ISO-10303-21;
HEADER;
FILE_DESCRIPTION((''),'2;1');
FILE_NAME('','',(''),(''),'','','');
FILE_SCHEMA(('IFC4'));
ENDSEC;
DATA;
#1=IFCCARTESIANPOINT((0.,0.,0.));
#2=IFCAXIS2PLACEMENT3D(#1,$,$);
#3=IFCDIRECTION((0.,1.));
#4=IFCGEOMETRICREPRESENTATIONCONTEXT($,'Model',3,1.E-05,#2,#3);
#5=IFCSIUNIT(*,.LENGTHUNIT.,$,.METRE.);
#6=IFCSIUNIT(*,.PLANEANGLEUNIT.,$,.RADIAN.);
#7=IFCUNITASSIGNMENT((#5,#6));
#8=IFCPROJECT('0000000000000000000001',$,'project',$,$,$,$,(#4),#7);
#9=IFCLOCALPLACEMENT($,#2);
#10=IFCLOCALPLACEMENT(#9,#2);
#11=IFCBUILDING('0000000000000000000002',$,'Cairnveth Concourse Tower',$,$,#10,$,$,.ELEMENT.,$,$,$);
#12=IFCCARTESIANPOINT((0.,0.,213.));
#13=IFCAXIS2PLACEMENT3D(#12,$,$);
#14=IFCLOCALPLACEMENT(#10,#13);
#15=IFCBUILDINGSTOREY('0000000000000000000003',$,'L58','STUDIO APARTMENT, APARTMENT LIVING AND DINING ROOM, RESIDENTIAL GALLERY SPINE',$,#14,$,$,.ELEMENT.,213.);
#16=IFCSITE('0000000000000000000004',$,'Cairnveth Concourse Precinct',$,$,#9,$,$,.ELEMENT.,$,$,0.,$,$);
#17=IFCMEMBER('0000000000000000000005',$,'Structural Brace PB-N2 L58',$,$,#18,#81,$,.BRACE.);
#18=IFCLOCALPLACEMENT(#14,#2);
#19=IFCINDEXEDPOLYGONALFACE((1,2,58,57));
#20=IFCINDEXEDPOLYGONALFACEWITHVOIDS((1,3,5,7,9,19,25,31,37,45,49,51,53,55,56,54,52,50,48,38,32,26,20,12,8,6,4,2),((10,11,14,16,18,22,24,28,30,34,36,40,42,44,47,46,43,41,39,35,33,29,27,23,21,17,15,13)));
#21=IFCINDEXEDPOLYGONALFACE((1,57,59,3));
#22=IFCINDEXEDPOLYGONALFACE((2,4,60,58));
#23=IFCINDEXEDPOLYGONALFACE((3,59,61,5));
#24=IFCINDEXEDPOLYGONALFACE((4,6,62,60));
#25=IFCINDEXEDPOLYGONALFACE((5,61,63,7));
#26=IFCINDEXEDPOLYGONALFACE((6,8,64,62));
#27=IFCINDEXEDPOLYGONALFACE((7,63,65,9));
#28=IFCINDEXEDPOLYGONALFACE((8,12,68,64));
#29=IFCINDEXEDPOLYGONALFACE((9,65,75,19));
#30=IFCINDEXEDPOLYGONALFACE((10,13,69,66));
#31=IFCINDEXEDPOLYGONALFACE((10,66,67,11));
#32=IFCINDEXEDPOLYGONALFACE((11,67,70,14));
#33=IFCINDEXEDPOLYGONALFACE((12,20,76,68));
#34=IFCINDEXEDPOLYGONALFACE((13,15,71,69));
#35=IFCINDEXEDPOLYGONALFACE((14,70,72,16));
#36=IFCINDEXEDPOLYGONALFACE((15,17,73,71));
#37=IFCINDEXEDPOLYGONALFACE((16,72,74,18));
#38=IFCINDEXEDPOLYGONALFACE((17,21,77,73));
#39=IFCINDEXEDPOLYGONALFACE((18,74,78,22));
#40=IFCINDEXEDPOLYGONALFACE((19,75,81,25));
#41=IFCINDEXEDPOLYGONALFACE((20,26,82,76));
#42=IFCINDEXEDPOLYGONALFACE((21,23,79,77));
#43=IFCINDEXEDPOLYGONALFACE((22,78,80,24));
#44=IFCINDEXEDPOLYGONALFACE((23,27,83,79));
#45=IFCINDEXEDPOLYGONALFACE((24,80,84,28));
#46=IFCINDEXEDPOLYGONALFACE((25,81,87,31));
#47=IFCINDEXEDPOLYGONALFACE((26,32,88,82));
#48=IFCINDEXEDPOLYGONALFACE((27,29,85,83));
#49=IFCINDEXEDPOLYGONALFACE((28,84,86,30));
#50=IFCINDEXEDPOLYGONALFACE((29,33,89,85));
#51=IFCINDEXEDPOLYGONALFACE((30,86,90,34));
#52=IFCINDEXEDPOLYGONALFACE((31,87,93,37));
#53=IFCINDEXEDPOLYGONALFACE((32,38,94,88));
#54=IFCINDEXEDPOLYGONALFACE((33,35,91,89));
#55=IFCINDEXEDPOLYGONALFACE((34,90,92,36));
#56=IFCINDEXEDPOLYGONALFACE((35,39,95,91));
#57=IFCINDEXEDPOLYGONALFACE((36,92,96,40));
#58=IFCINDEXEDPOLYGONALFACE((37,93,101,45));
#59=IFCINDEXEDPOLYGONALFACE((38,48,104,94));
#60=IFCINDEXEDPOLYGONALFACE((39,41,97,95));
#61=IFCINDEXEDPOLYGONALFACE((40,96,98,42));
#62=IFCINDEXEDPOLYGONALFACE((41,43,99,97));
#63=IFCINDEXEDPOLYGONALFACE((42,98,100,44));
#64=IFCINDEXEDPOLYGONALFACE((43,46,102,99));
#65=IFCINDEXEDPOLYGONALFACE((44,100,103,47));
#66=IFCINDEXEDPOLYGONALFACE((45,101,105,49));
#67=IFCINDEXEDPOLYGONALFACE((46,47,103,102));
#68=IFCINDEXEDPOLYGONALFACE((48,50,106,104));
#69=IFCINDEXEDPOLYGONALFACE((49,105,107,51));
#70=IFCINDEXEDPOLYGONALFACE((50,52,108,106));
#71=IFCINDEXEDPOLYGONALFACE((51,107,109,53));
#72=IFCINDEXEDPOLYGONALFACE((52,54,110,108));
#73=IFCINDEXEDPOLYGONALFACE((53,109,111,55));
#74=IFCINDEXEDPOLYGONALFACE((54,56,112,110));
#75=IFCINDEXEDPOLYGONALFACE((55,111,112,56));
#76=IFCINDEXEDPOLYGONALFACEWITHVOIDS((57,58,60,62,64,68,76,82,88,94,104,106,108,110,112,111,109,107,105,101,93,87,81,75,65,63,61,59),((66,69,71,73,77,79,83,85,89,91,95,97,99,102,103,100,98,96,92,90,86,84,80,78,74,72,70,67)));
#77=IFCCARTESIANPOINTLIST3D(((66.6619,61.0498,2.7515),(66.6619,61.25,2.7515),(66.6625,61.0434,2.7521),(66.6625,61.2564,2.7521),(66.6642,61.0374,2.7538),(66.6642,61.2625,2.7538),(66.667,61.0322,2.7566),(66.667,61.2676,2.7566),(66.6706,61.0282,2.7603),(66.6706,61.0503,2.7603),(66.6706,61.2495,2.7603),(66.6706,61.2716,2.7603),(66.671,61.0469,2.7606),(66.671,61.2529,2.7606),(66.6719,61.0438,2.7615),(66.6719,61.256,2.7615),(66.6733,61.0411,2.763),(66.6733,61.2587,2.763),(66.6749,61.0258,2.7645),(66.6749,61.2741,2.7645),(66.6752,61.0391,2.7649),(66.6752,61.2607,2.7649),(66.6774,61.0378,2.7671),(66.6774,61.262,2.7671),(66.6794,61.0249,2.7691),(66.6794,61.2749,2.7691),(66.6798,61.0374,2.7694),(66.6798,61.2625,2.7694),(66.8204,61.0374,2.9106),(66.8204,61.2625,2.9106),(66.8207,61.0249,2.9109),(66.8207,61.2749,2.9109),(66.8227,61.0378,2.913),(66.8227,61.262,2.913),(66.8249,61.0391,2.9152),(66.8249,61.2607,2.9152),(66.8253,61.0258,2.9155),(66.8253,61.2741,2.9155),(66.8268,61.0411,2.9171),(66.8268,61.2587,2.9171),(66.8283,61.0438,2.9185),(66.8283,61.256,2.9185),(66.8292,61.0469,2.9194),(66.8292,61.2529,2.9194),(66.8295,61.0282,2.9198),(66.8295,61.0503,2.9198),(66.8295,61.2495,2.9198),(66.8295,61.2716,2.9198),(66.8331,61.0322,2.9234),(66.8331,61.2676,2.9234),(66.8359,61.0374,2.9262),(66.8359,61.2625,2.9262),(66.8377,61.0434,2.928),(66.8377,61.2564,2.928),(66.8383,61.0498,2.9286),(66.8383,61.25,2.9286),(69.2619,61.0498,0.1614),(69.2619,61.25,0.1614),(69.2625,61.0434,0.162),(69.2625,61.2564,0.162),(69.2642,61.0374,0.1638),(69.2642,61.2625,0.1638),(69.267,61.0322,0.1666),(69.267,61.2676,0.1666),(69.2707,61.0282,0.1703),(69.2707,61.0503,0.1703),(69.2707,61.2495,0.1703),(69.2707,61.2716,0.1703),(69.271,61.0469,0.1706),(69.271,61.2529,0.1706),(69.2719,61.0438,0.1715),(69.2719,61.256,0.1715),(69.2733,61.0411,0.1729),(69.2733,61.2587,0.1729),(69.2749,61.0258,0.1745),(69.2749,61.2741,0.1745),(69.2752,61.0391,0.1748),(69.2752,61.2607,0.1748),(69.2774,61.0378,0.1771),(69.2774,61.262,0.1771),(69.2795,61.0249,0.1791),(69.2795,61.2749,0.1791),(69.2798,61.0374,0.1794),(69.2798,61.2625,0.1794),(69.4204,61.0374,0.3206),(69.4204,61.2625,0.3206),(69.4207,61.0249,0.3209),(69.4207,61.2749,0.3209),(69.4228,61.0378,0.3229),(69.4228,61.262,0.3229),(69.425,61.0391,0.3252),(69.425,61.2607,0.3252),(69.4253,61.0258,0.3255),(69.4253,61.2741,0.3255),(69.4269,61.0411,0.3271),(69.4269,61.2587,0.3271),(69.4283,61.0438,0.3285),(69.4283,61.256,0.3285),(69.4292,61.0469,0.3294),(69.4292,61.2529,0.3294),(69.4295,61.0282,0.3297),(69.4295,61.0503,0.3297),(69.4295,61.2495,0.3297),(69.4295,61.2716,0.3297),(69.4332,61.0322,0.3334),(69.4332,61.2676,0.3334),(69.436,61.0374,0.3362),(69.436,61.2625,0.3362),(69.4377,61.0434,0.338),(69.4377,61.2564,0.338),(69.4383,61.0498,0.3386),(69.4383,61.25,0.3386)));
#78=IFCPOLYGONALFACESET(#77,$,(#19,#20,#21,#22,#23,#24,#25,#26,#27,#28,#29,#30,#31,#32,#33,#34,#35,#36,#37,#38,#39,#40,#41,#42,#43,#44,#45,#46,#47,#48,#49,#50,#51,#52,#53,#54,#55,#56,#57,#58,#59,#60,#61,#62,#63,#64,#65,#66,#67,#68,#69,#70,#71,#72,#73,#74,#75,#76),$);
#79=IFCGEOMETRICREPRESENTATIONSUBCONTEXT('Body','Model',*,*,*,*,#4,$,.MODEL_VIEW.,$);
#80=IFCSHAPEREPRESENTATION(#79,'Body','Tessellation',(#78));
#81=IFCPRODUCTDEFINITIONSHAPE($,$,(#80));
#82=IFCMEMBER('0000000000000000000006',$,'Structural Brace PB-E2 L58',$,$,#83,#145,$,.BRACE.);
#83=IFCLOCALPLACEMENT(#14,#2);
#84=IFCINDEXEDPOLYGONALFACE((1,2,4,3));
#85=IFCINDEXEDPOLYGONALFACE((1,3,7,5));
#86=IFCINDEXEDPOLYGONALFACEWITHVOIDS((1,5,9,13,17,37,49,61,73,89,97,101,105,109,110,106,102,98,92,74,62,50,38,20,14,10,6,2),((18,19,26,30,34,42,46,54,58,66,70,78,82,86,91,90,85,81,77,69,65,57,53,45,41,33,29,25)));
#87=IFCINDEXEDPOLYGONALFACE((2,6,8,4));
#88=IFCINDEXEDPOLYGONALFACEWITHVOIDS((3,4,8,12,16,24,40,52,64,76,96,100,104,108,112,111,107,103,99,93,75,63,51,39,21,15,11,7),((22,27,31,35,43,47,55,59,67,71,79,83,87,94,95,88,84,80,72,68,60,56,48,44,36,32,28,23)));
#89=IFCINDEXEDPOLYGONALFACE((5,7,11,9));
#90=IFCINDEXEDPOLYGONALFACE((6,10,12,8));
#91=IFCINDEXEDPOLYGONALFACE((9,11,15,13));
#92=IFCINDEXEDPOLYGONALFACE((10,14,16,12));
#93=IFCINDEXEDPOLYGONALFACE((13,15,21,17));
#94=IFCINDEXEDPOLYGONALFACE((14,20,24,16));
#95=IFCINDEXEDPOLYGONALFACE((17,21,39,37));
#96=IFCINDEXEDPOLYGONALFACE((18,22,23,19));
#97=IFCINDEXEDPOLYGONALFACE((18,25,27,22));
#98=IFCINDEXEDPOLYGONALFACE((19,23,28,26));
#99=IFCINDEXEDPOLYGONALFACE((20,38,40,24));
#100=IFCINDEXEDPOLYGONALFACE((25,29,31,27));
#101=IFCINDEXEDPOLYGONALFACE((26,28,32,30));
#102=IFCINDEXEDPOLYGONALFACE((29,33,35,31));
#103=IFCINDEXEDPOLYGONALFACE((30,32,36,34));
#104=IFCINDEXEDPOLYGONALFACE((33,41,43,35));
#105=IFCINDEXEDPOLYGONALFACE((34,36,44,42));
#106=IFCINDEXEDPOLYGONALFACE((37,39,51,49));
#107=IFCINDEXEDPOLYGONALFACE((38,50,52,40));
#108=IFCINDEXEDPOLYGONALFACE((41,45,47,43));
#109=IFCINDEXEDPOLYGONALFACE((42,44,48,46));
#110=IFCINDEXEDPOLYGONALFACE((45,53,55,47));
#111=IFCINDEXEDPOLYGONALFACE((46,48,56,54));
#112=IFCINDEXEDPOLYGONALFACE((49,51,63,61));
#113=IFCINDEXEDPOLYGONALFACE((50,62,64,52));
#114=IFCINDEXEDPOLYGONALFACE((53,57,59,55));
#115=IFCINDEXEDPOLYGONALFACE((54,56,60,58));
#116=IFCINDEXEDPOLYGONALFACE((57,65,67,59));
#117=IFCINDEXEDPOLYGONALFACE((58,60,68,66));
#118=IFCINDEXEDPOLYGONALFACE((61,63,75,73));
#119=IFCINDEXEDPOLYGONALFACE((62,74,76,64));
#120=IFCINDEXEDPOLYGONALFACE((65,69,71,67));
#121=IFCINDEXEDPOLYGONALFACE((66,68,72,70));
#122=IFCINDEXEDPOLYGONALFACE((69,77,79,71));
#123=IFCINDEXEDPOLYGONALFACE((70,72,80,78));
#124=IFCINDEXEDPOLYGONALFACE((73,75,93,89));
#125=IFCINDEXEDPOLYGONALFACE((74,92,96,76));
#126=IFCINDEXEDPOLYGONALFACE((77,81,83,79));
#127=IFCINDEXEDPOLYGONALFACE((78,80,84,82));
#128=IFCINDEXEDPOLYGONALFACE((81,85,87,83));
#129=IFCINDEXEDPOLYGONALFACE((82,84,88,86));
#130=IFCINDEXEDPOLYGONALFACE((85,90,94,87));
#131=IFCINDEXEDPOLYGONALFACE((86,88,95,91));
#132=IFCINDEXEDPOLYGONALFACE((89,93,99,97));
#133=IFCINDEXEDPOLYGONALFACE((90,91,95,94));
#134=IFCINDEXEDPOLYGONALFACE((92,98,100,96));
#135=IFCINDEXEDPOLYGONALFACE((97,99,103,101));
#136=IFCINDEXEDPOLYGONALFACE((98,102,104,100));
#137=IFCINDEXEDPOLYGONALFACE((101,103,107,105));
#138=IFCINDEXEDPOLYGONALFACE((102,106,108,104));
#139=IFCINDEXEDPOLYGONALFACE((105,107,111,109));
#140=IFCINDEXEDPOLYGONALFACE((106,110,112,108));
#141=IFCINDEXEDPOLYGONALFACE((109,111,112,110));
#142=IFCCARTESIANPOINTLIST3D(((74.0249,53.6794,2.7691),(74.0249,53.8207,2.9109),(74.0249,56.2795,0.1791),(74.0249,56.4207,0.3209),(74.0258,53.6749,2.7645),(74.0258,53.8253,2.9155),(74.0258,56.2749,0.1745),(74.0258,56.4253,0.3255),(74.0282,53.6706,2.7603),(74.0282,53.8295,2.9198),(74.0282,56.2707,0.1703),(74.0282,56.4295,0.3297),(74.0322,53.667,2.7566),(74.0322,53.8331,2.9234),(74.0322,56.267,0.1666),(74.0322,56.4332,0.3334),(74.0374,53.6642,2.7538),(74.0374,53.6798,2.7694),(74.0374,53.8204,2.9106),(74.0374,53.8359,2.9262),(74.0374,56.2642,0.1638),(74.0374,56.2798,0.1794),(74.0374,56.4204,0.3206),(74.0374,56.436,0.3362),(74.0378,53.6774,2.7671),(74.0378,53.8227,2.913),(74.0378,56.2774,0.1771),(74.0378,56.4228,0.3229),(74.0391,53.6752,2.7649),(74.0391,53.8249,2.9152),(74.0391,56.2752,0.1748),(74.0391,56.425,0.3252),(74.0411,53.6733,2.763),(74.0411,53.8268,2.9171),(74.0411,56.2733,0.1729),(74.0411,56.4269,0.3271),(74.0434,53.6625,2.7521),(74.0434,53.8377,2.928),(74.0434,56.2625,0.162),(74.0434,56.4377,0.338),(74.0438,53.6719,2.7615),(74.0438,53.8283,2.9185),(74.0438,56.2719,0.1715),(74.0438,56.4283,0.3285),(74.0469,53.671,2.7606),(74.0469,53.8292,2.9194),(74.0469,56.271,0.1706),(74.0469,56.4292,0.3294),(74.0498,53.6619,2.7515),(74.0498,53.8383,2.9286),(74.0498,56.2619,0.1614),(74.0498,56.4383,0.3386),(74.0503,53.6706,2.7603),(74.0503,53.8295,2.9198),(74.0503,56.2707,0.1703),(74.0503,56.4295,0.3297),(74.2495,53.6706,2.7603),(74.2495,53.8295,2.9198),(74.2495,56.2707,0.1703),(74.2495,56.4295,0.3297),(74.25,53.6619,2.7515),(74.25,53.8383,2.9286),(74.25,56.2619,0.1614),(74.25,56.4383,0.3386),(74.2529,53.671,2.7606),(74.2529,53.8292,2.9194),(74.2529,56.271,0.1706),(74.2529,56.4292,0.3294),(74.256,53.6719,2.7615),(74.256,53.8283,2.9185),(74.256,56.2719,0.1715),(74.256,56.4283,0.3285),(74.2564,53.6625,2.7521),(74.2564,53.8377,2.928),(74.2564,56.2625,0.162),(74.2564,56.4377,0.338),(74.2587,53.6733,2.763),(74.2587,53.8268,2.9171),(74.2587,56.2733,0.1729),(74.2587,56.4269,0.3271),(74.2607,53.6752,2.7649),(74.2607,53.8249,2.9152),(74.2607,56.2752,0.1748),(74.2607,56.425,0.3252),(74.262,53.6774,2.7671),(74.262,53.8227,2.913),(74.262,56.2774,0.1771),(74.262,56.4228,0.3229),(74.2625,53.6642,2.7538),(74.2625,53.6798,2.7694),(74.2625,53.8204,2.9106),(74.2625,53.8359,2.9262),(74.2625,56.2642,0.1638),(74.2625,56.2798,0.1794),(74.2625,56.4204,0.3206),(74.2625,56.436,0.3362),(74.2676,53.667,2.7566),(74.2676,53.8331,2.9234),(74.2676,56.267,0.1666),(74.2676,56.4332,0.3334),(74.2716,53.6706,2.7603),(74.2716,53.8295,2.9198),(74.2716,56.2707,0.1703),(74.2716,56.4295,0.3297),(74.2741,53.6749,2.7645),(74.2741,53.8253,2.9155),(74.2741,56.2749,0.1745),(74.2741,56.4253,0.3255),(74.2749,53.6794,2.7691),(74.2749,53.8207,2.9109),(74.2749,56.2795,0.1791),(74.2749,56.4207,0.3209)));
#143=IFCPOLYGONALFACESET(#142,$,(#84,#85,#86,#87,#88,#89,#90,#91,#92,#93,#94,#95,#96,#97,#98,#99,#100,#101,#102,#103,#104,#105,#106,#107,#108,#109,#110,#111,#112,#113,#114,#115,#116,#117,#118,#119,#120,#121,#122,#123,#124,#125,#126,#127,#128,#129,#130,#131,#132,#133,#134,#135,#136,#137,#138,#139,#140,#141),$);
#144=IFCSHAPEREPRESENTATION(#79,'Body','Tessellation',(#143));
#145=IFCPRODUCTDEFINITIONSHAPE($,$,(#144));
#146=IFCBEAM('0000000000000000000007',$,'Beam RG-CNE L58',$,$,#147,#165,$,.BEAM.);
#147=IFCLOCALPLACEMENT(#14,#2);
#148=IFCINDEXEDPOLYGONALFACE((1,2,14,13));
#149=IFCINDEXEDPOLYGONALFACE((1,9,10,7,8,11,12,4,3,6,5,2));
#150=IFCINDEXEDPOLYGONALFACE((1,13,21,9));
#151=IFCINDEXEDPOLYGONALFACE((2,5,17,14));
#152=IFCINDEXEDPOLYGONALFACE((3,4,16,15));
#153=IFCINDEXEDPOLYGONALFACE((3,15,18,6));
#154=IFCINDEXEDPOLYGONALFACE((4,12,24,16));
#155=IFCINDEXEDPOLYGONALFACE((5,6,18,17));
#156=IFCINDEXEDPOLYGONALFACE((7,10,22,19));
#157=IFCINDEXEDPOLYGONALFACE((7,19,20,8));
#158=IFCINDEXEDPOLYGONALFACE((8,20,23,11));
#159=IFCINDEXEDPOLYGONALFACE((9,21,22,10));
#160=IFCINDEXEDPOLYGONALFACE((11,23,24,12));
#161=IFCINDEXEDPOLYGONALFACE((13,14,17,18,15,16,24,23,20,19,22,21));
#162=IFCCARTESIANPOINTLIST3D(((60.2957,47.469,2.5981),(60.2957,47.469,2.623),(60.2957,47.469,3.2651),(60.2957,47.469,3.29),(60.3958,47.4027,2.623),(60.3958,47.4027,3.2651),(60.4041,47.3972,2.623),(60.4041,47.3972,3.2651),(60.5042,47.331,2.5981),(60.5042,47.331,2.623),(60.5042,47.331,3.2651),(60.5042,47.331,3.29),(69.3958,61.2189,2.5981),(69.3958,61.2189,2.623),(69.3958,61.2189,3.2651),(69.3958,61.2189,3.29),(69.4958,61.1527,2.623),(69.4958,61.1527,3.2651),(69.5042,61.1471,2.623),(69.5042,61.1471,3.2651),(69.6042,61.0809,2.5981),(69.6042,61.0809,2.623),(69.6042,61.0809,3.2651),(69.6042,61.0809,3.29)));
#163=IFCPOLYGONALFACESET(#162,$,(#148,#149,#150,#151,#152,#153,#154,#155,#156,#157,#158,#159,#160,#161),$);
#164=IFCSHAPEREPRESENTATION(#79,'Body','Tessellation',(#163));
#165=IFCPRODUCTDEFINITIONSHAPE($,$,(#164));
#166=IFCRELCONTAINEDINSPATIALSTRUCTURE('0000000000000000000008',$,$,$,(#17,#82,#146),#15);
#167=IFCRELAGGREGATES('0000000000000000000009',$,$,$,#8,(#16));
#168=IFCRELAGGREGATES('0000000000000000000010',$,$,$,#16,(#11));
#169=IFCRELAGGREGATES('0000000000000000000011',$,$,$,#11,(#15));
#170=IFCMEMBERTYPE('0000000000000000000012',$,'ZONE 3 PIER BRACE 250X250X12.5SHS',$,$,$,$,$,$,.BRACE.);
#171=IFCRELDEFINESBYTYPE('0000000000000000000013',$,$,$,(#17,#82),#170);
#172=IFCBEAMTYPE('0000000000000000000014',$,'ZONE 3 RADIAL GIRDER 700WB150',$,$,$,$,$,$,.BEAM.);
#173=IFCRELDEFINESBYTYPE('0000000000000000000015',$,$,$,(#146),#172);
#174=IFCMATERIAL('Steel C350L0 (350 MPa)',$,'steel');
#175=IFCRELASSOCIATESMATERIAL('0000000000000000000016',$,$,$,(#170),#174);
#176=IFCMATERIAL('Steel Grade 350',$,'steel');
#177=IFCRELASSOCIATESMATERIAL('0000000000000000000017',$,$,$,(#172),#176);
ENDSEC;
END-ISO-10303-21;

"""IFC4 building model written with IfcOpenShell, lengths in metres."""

from ifc_helpers import new_model, si_unit, direction, frame, origin, origin_2d, place, context, subcontext, project, spatial, hollow_rectangle, i_section, extrude, material, material_profile, profile_set, type_object, element, save


model = new_model("IFC4")

# Units and contexts
model_context = context("Model", 3, precision=1e-05, world=origin(), true_north=direction((0.0, 1.0)))
body_context = subcontext(model_context, "Body", "Model", "MODEL_VIEW")
ifc_project = project(units=[si_unit("LENGTHUNIT", "METRE"), si_unit("PLANEANGLEUNIT", "RADIAN")], contexts=[model_context])

# Site, building, storey
site_placement = place(None, origin())
site = spatial("IfcSite", under=ifc_project, at=site_placement, Name="Cairnveth Concourse Precinct", CompositionType="ELEMENT", RefElevation=0.0)
building_placement = place(site_placement, origin())
building = spatial("IfcBuilding", under=site, at=building_placement, Name="Cairnveth Concourse Tower", CompositionType="ELEMENT")
storey_placement = place(building_placement, frame((0.0, 0.0, 213.0)))
storey = spatial("IfcBuildingStorey", under=building, at=storey_placement, Name="L58", Description="STUDIO APARTMENT, APARTMENT LIVING AND DINING ROOM, RESIDENTIAL GALLERY SPINE", CompositionType="ELEMENT", Elevation=213.0)

# Shared definitions
ifc_material_1 = material(Name="Steel Grade 350", Category="steel")

# Members
ifc_material_2 = material(Name="Steel C350L0 (350 MPa)", Category="steel")
ifc_material_profile_1 = material_profile(ifc_material_2, hollow_rectangle(XDim=0.25, YDim=0.25, WallThickness=0.0125, InnerFilletRadius=0.0129, OuterFilletRadius=0.0249, at=origin_2d()), Name="250x250x12.5SHS")
ifc_profile_set_1 = profile_set([ifc_material_profile_1], Name="Steel C350L0 (350 MPa)")
member_type = type_object("IfcMemberType", Name="ZONE 3 PIER BRACE 250X250X12.5SHS", PredefinedType="BRACE", material=ifc_profile_set_1)
for number, where, z_axis, x_axis, name in (
    (1, (69.3501, 61.1499, 0.25), (-0.708469, 0.0, 0.705742), (0.0, -1.0, 0.0), "Structural Brace PB-N2 L58"),
    (2, (74.1499, 56.3501, 0.25), (0.0, -0.708469, 0.705742), (1.0, 0.0, 0.0), "Structural Brace PB-E2 L58"),
):
    element("IfcMember", number, at=place(storey_placement, frame(where, z_axis=z_axis, x_axis=x_axis)), inside=storey, type_object=member_type, Name=name, PredefinedType="BRACE", context=body_context, shape_type="SweptSolid", body=[
        extrude(hollow_rectangle(XDim=0.25, YDim=0.25, WallThickness=0.0125, InnerFilletRadius=0.0129, OuterFilletRadius=0.0249, at=origin_2d()), origin(), (0.0, 0.0, 1.0), 3.6699),
    ])

# Beam
ifc_material_profile_2 = material_profile(ifc_material_1, i_section(OverallWidth=0.25, OverallDepth=0.6919, WebThickness=0.01, FlangeThickness=0.0249, at=origin_2d()), Name="700WB150")
ifc_profile_set_2 = profile_set([ifc_material_profile_2], Name="Steel Grade 350")
beam_type_1 = type_object("IfcBeamType", Name="ZONE 3 RADIAL GIRDER 700WB150", PredefinedType="BEAM", material=ifc_profile_set_2)
beam_1_placement = place(storey_placement, frame((69.5, 61.1499, 2.9441), z_axis=(-0.551902, -0.833909, 0.0), x_axis=(0.833909, -0.551902, 0.0)))
element("IfcBeam", 3, at=beam_1_placement, inside=storey, type_object=beam_type_1, Name="Beam RG-CNE L58", PredefinedType="BEAM", context=body_context, shape_type="SweptSolid", body=[
    extrude(i_section(OverallWidth=0.25, OverallDepth=0.6919, WebThickness=0.01, FlangeThickness=0.0249, at=origin_2d()), origin(), (0.0, 0.0, 1.0), 16.4885),
])

save(model, "model.ifc")
